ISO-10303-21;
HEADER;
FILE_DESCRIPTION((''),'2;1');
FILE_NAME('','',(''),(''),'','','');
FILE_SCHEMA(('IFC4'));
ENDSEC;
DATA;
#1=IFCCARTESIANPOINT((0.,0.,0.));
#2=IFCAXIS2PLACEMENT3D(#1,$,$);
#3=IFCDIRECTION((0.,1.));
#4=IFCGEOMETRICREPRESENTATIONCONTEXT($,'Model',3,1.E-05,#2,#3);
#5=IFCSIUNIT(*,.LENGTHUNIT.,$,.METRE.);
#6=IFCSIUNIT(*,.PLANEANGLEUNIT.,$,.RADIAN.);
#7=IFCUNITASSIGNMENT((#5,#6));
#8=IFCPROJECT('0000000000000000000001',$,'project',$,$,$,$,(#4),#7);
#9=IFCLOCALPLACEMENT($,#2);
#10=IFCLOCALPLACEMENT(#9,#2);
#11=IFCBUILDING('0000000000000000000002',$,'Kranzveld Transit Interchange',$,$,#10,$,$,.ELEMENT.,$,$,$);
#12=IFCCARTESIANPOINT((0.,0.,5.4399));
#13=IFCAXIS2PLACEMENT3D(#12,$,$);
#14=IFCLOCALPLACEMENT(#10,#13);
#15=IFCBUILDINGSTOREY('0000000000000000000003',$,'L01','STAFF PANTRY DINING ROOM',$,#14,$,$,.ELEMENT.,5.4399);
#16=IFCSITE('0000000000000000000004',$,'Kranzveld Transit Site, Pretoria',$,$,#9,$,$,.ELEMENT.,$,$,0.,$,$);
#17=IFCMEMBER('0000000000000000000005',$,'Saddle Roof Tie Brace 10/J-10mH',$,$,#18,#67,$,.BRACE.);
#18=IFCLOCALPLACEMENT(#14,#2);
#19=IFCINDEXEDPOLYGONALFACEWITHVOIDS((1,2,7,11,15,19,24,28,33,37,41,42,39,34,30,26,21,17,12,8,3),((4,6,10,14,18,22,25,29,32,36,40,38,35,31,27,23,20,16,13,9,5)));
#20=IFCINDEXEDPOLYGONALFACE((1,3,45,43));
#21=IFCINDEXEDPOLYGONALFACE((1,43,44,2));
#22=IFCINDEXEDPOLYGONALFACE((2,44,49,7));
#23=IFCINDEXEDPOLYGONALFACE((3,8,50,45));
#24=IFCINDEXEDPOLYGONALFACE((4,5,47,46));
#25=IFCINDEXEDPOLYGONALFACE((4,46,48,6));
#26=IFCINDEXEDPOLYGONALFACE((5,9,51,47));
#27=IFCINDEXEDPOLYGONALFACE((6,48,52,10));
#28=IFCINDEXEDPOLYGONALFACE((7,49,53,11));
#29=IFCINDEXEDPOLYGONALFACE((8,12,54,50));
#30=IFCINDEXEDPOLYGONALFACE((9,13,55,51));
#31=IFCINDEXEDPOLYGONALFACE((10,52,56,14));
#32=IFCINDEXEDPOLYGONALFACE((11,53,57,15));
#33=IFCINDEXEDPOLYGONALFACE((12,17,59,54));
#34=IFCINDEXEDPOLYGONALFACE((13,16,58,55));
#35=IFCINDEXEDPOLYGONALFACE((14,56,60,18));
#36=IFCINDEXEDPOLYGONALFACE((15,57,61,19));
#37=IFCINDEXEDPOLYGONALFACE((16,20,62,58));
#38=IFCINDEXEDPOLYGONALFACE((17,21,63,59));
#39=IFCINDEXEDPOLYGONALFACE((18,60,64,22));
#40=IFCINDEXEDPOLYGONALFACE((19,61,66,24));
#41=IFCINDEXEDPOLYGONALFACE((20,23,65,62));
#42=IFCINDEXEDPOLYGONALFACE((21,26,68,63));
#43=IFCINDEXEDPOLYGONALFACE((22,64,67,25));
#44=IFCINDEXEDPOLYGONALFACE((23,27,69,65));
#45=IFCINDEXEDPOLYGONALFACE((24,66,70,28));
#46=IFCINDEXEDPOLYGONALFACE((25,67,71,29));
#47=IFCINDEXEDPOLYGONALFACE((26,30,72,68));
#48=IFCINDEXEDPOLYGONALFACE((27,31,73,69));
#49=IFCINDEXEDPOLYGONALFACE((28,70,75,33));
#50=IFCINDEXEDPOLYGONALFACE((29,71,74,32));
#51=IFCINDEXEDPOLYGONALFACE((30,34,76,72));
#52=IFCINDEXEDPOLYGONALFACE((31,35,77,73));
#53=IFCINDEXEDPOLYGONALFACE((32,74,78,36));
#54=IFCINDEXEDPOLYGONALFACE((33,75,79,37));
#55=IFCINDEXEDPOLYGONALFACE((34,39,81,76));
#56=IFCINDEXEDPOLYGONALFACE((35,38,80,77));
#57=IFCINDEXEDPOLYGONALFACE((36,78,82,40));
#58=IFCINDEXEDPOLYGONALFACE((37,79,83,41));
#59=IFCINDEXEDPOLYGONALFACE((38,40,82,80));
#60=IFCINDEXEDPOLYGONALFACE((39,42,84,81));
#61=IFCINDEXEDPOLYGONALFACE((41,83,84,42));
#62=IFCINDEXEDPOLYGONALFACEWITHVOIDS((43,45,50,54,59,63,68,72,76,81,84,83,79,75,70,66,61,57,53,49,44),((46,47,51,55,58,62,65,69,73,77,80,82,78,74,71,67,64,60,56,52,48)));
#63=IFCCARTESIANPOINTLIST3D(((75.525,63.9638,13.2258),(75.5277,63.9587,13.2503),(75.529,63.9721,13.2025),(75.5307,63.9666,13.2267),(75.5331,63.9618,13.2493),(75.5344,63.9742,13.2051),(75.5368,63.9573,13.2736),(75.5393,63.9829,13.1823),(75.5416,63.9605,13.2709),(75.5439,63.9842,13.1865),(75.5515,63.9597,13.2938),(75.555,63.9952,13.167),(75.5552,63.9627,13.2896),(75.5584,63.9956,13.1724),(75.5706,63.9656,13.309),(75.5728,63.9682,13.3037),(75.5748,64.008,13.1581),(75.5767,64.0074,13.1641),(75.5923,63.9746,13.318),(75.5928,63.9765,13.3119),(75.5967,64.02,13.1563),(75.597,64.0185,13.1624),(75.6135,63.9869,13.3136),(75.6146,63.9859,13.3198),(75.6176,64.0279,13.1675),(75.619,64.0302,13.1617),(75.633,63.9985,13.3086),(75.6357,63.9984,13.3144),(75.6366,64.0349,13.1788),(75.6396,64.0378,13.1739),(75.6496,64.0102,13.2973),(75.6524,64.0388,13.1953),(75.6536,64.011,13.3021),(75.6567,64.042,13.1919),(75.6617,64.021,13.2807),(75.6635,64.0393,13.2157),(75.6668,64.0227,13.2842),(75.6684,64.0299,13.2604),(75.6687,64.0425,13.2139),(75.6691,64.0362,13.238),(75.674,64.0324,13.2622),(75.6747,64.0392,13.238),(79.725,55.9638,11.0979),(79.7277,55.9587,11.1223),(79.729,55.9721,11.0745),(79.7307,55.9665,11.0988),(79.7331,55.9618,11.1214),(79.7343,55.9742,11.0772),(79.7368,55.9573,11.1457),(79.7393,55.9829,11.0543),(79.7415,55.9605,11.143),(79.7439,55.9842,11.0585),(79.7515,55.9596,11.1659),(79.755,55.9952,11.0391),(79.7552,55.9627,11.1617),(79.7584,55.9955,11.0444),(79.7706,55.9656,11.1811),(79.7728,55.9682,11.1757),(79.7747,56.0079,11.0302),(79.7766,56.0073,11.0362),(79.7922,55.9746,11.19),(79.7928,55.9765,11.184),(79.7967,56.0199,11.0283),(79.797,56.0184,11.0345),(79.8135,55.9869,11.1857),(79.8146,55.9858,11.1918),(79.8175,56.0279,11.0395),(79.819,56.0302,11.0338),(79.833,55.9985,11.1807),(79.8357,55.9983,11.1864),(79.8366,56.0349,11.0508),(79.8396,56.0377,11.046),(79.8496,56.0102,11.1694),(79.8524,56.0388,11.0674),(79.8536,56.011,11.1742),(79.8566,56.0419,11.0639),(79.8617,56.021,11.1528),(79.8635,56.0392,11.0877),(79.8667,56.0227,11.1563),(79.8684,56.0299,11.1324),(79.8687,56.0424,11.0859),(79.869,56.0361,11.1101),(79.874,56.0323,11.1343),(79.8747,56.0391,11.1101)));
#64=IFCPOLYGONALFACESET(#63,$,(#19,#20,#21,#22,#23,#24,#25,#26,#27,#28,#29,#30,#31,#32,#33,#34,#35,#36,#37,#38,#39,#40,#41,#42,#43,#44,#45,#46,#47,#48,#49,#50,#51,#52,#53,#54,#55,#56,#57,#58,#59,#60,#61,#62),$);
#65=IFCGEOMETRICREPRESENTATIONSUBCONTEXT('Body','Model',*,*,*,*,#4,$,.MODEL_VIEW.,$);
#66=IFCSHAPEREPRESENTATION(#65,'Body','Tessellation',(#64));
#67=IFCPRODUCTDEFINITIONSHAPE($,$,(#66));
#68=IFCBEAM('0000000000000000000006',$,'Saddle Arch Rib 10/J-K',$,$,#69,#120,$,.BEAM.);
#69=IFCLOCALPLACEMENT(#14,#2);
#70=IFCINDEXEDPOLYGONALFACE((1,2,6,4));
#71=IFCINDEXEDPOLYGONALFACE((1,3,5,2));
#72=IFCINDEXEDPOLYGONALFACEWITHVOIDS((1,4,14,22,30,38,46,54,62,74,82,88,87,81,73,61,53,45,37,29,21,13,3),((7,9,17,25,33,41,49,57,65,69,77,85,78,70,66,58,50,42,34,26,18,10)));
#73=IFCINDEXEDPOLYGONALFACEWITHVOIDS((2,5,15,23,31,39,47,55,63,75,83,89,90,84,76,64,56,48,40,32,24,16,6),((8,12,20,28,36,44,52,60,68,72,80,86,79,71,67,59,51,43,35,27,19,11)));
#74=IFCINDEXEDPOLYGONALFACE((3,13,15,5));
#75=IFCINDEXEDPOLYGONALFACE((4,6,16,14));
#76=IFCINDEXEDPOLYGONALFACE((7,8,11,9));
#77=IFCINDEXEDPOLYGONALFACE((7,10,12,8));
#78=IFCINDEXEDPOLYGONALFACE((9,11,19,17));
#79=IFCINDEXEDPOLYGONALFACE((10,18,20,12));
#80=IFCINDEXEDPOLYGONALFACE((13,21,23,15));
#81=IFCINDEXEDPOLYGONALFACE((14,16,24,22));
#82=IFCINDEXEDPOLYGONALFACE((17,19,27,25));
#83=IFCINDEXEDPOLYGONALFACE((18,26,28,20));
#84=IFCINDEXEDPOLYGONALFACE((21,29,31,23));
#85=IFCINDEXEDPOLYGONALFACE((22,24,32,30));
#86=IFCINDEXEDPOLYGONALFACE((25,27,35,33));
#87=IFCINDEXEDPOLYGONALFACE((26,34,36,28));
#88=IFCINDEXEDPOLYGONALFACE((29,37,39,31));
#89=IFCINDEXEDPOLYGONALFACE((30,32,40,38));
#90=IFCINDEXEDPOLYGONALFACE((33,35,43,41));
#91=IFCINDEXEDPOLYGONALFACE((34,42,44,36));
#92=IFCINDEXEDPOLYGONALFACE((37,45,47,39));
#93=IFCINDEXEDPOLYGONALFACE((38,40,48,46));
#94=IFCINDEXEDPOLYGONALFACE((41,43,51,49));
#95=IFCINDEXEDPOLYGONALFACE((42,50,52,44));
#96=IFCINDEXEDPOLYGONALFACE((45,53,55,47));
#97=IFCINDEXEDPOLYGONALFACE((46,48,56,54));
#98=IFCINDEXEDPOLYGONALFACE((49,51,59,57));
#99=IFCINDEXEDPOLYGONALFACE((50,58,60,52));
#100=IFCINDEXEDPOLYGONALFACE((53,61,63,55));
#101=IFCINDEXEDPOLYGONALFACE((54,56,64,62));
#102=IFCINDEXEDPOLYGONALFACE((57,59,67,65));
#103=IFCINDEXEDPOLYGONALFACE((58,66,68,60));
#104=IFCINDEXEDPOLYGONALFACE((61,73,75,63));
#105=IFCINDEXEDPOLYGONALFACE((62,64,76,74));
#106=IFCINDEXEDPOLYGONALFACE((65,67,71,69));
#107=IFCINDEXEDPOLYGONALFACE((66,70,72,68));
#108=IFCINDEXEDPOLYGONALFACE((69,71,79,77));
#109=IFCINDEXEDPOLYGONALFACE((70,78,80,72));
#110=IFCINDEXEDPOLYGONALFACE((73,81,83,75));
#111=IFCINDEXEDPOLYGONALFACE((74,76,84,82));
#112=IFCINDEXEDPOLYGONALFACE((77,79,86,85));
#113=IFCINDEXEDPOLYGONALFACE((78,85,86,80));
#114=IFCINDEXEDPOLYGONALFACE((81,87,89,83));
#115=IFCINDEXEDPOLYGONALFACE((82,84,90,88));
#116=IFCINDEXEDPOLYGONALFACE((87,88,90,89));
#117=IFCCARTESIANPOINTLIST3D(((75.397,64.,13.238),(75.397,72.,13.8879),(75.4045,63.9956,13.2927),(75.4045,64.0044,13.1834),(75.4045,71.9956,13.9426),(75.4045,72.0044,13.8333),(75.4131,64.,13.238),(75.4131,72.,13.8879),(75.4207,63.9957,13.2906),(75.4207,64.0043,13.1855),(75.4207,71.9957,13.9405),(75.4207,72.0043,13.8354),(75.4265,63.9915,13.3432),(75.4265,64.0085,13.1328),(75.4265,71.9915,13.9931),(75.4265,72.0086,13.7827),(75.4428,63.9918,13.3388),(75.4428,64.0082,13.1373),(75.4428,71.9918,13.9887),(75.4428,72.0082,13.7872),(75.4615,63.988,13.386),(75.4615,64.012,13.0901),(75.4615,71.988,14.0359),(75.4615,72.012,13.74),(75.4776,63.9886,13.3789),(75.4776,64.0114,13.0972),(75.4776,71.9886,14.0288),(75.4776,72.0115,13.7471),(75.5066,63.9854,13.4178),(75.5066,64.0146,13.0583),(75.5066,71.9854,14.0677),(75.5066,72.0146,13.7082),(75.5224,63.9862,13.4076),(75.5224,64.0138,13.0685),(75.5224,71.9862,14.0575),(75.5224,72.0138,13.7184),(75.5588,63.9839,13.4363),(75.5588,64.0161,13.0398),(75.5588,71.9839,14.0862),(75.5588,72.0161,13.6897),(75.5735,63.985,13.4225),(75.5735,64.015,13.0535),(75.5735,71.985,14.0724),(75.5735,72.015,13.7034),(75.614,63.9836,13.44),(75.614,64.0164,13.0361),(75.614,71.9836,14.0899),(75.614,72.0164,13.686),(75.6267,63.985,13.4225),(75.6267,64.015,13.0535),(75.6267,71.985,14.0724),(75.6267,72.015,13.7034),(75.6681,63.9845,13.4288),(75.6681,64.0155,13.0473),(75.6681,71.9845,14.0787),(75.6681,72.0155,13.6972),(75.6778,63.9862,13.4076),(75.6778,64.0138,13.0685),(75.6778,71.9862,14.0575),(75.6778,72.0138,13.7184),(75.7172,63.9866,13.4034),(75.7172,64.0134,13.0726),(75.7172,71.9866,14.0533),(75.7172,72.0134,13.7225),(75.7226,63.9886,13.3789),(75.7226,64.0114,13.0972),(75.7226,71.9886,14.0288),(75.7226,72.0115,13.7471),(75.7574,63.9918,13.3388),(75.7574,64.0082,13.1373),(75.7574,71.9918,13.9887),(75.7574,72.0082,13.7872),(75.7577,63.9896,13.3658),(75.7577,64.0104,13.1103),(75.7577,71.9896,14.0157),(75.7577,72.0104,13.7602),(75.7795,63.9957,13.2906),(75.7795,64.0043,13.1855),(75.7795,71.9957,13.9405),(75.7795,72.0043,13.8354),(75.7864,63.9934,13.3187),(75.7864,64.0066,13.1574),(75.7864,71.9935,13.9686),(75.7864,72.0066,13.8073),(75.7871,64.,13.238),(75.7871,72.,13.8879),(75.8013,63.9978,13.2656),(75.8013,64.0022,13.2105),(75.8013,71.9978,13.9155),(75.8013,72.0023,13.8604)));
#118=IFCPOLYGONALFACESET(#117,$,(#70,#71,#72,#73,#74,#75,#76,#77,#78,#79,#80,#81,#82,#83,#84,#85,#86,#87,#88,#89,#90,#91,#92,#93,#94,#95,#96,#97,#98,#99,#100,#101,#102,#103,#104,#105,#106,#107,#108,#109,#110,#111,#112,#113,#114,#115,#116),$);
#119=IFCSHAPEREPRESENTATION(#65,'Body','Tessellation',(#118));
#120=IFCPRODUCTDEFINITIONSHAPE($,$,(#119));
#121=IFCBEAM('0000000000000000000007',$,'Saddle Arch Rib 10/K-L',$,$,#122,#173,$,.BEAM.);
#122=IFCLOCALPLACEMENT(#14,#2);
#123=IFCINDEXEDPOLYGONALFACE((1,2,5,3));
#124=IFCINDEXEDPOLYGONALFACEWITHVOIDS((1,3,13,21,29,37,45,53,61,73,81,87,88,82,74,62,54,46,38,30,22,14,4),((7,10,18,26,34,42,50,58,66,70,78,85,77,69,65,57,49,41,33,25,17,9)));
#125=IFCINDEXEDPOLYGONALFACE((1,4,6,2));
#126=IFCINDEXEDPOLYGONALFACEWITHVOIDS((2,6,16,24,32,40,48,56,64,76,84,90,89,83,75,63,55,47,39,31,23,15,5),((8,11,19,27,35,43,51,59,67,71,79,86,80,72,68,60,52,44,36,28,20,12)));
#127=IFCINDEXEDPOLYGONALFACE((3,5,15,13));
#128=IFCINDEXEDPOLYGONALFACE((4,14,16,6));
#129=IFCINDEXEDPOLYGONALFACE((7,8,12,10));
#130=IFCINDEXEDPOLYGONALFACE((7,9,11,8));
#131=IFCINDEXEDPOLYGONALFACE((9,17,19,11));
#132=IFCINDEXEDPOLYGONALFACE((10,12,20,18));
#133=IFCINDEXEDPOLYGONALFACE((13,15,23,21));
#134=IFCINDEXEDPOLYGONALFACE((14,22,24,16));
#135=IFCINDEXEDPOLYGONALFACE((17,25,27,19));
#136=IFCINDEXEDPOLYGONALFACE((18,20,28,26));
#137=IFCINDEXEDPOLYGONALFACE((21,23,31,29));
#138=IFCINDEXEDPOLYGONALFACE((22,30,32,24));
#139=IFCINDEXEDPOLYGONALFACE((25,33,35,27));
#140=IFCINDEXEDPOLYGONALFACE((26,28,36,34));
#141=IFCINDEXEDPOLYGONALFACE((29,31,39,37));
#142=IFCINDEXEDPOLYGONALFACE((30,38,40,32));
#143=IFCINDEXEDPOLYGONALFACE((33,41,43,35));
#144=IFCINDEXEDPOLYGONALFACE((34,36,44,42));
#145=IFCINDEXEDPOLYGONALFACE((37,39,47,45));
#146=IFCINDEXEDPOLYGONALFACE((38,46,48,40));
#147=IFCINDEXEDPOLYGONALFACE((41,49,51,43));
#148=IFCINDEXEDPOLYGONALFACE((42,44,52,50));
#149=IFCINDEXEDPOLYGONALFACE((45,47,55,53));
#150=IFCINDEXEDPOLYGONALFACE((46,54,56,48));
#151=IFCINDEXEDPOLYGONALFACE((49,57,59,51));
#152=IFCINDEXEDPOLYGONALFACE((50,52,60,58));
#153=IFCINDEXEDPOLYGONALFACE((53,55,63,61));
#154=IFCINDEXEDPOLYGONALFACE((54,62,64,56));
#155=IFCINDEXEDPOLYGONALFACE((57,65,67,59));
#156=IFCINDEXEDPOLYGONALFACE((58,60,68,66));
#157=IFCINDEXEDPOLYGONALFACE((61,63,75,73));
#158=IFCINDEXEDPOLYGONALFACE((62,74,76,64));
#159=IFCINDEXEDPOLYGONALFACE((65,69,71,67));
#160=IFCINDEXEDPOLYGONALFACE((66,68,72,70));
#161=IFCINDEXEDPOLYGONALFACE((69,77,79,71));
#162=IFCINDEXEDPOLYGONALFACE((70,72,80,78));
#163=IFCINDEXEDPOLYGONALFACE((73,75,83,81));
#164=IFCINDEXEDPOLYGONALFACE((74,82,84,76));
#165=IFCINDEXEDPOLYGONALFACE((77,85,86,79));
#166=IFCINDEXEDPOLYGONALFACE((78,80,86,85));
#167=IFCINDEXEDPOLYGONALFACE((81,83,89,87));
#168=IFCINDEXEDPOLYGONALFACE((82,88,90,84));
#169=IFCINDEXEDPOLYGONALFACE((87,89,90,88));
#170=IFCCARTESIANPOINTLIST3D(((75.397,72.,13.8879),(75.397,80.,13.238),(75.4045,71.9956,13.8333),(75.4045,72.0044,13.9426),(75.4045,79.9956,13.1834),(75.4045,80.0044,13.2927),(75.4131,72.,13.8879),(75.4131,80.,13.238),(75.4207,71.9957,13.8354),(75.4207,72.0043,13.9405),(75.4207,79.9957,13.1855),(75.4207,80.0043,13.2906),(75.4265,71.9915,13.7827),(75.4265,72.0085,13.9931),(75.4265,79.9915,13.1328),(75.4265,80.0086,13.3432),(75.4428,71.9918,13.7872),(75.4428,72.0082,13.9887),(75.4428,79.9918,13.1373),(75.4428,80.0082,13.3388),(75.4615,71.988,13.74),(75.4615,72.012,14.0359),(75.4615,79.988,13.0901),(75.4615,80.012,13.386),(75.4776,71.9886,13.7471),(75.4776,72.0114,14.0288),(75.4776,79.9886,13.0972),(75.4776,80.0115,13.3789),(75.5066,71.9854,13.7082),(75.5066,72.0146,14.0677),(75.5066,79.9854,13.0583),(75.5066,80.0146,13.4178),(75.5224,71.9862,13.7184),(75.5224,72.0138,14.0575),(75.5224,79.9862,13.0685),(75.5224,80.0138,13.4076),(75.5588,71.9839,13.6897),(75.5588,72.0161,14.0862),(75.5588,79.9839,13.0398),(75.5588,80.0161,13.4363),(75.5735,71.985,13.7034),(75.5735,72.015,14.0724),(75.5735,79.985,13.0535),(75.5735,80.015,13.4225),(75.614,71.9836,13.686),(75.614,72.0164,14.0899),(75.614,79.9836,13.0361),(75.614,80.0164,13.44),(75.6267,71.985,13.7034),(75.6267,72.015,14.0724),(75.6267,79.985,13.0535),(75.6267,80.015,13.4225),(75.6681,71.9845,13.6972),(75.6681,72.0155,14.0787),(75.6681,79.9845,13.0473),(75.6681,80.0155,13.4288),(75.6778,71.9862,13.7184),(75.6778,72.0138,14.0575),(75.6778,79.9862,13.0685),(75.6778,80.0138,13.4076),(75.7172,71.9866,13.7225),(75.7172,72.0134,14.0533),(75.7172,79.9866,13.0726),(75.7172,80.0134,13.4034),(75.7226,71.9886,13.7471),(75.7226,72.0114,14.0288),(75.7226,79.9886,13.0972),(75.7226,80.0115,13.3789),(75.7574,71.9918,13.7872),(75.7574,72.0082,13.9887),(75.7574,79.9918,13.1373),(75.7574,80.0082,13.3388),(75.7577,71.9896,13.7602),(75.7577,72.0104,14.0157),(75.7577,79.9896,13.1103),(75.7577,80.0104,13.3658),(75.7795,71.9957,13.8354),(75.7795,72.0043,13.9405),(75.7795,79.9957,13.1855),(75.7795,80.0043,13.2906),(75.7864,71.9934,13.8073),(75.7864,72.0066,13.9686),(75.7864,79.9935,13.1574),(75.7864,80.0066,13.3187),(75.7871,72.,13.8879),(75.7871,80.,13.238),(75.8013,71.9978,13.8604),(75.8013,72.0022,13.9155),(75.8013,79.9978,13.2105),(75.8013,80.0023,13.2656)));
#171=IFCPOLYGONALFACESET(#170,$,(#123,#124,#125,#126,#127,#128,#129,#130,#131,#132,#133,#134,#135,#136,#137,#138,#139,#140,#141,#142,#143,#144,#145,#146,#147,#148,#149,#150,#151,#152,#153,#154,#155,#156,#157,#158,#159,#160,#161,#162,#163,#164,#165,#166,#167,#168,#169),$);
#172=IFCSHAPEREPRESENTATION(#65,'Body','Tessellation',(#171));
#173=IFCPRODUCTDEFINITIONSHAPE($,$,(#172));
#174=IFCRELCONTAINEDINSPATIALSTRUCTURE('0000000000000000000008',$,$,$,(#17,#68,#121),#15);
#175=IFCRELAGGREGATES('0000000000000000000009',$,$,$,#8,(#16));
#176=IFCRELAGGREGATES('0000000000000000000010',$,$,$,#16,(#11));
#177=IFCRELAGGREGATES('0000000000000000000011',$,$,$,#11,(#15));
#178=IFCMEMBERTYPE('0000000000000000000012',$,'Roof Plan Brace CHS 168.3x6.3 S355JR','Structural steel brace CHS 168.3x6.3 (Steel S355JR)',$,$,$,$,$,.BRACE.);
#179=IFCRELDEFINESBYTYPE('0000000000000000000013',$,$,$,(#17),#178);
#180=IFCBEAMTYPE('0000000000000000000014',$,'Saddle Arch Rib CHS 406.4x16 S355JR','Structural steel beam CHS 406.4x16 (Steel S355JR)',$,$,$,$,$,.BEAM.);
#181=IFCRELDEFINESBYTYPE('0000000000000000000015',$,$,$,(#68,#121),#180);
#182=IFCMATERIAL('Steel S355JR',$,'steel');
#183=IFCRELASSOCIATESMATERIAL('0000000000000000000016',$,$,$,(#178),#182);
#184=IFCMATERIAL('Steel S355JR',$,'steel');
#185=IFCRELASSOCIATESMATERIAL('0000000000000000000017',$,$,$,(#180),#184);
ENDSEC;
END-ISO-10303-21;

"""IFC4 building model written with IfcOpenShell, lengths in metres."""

from ifc_helpers import new_model, si_unit, direction, frame, origin, origin_2d, place, context, subcontext, project, spatial, hollow_circle, extrude, material, material_profile, profile_set, type_object, element, save


model = new_model("IFC4")

# Units and contexts
model_context = context("Model", 3, precision=1e-05, world=origin(), true_north=direction((0.0, 1.0)))
body_context = subcontext(model_context, "Body", "Model", "MODEL_VIEW")
ifc_project = project(units=[si_unit("LENGTHUNIT", "METRE"), si_unit("PLANEANGLEUNIT", "RADIAN")], contexts=[model_context])

# Site, building, storey
site_placement = place(None, origin())
site = spatial("IfcSite", under=ifc_project, at=site_placement, Name="Kranzveld Transit Site, Pretoria", CompositionType="ELEMENT", RefElevation=0.0)
building_placement = place(site_placement, origin())
building = spatial("IfcBuilding", under=site, at=building_placement, Name="Kranzveld Transit Interchange", CompositionType="ELEMENT")
storey_placement = place(building_placement, frame((0.0, 0.0, 5.4399)))
storey = spatial("IfcBuildingStorey", under=building, at=storey_placement, Name="L01", Description="STAFF PANTRY DINING ROOM", CompositionType="ELEMENT", Elevation=5.4399)

# Member
ifc_material_1 = material(Name="Steel S355JR", Category="steel")
ifc_material_profile_1 = material_profile(ifc_material_1, hollow_circle(Radius=0.0842, WallThickness=0.0063, at=origin_2d()), Name="CHS 168.3x6.3")
ifc_profile_set_1 = profile_set([ifc_material_profile_1], Name="Steel S355JR")
member_type_1 = type_object("IfcMemberType", Name="Roof Plan Brace CHS 168.3x6.3 S355JR", Description="Structural steel brace CHS 168.3x6.3 (Steel S355JR)", PredefinedType="BRACE", material=ifc_profile_set_1)
member_1_placement = place(storey_placement, frame((75.6001, 64.0, 13.238), z_axis=(0.452452, -0.861822, -0.229237), x_axis=(0.8854, 0.46483, 0.0)))
element("IfcMember", 1, at=member_1_placement, inside=storey, type_object=member_type_1, Name="Saddle Roof Tie Brace 10/J-10mH", PredefinedType="BRACE", context=body_context, shape_type="SweptSolid", body=[
    extrude(hollow_circle(Radius=0.0842, WallThickness=0.0063, at=origin_2d()), origin(), (0.0, 0.0, 1.0), 9.2827),
])

# Beams
ifc_material_2 = material(Name="Steel S355JR", Category="steel")
ifc_material_profile_2 = material_profile(ifc_material_2, hollow_circle(Radius=0.2031, WallThickness=0.0161, at=origin_2d()), Name="CHS 406.4x16")
ifc_profile_set_2 = profile_set([ifc_material_profile_2], Name="Steel S355JR")
beam_type = type_object("IfcBeamType", Name="Saddle Arch Rib CHS 406.4x16 S355JR", Description="Structural steel beam CHS 406.4x16 (Steel S355JR)", PredefinedType="BEAM", material=ifc_profile_set_2)
for number, where, z_axis, x_axis, name in (
    (2, (75.6001, 64.0, 13.238), (0.0, 0.996716, 0.080971), (-1.0, 0.0, 0.0), "Saddle Arch Rib 10/J-K"),
    (3, (75.6001, 72.0, 13.8879), (0.0, 0.996716, -0.080971), (-1.0, 0.0, 0.0), "Saddle Arch Rib 10/K-L"),
):
    element("IfcBeam", number, at=place(storey_placement, frame(where, z_axis=z_axis, x_axis=x_axis)), inside=storey, type_object=beam_type, Name=name, PredefinedType="BEAM", context=body_context, shape_type="SweptSolid", body=[
        extrude(hollow_circle(Radius=0.2031, WallThickness=0.0161, at=origin_2d()), origin(), (0.0, 0.0, 1.0), 8.0264),
    ])

save(model, "model.ifc")
